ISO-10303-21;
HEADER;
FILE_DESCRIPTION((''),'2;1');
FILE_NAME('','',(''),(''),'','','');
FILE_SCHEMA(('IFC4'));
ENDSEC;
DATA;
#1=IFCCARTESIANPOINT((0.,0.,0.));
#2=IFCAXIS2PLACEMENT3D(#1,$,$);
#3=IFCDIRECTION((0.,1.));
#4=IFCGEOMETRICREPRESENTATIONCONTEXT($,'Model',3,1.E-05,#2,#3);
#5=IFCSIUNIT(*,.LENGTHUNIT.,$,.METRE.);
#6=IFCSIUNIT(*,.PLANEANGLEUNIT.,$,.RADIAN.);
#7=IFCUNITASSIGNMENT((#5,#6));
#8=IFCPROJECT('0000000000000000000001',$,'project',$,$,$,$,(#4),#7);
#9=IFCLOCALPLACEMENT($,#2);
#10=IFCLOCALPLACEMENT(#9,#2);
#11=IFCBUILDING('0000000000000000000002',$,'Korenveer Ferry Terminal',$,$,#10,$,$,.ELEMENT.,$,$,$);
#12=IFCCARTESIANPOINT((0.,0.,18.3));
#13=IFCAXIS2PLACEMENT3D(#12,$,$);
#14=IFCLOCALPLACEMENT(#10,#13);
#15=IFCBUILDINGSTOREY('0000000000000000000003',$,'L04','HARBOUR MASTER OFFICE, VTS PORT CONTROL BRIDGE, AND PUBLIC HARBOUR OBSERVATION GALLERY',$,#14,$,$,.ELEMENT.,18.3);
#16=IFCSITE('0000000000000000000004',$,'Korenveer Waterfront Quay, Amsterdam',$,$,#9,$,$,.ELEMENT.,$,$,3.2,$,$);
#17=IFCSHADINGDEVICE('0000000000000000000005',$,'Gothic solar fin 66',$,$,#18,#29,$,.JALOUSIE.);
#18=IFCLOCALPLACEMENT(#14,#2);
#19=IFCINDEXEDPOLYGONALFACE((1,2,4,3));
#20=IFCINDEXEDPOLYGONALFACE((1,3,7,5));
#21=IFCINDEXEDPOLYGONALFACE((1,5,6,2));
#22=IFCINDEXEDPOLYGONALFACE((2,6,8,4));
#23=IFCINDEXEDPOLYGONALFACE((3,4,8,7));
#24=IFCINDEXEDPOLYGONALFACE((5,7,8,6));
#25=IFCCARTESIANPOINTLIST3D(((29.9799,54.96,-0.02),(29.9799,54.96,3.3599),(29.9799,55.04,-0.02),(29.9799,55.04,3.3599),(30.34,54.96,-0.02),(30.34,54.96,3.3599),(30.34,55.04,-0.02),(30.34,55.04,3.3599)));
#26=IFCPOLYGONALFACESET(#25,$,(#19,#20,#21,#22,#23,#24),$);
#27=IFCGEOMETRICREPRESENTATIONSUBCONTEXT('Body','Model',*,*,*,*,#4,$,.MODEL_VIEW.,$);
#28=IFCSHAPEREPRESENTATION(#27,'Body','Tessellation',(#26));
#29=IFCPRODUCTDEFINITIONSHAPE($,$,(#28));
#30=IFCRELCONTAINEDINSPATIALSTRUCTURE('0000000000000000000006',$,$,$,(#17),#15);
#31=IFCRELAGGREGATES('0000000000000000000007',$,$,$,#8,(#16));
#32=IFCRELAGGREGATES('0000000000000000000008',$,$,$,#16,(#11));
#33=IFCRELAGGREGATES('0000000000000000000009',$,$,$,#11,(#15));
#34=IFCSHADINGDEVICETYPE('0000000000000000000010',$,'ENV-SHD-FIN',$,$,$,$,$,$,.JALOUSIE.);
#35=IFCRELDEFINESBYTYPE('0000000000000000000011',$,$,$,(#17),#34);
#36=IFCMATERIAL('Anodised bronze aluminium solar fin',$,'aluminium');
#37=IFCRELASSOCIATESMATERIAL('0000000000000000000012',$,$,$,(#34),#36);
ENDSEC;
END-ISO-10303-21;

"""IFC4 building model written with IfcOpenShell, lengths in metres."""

from ifc_helpers import new_model, si_unit, direction, frame, origin, origin_2d, place, context, subcontext, project, spatial, rectangle, extrude, material, type_object, element, save


model = new_model("IFC4")

# Units and contexts
model_context = context("Model", 3, precision=1e-05, world=origin(), true_north=direction((0.0, 1.0)))
body_context = subcontext(model_context, "Body", "Model", "MODEL_VIEW")
ifc_project = project(units=[si_unit("LENGTHUNIT", "METRE"), si_unit("PLANEANGLEUNIT", "RADIAN")], contexts=[model_context])

# Site, building, storey
site_placement = place(None, origin())
site = spatial("IfcSite", under=ifc_project, at=site_placement, Name="Korenveer Waterfront Quay, Amsterdam", CompositionType="ELEMENT", RefElevation=3.2)
building_placement = place(site_placement, origin())
building = spatial("IfcBuilding", under=site, at=building_placement, Name="Korenveer Ferry Terminal", CompositionType="ELEMENT")
storey_placement = place(building_placement, frame((0.0, 0.0, 18.3)))
storey = spatial("IfcBuildingStorey", under=building, at=storey_placement, Name="L04", Description="HARBOUR MASTER OFFICE, VTS PORT CONTROL BRIDGE, AND PUBLIC HARBOUR OBSERVATION GALLERY", CompositionType="ELEMENT", Elevation=18.3)

# Shading device
ifc_material_1 = material(Name="Anodised bronze aluminium solar fin", Category="aluminium")
shading_device_type = type_object("IfcShadingDeviceType", Name="ENV-SHD-FIN", PredefinedType="JALOUSIE", material=ifc_material_1)
shading_device_placement = place(storey_placement, frame((30.1599, 55.0, -0.02), z_axis=(0.0, 0.0, 1.0), x_axis=(1.0, 0.0, 0.0)))
element("IfcShadingDevice", 1, at=shading_device_placement, inside=storey, type_object=shading_device_type, Name="Gothic solar fin 66", PredefinedType="JALOUSIE", context=body_context, shape_type="SweptSolid", body=[
    extrude(rectangle(XDim=0.3601, YDim=0.0801, at=origin_2d()), origin(), (0.0, 0.0, 1.0), 3.3799),
])

save(model, "model.ifc")
